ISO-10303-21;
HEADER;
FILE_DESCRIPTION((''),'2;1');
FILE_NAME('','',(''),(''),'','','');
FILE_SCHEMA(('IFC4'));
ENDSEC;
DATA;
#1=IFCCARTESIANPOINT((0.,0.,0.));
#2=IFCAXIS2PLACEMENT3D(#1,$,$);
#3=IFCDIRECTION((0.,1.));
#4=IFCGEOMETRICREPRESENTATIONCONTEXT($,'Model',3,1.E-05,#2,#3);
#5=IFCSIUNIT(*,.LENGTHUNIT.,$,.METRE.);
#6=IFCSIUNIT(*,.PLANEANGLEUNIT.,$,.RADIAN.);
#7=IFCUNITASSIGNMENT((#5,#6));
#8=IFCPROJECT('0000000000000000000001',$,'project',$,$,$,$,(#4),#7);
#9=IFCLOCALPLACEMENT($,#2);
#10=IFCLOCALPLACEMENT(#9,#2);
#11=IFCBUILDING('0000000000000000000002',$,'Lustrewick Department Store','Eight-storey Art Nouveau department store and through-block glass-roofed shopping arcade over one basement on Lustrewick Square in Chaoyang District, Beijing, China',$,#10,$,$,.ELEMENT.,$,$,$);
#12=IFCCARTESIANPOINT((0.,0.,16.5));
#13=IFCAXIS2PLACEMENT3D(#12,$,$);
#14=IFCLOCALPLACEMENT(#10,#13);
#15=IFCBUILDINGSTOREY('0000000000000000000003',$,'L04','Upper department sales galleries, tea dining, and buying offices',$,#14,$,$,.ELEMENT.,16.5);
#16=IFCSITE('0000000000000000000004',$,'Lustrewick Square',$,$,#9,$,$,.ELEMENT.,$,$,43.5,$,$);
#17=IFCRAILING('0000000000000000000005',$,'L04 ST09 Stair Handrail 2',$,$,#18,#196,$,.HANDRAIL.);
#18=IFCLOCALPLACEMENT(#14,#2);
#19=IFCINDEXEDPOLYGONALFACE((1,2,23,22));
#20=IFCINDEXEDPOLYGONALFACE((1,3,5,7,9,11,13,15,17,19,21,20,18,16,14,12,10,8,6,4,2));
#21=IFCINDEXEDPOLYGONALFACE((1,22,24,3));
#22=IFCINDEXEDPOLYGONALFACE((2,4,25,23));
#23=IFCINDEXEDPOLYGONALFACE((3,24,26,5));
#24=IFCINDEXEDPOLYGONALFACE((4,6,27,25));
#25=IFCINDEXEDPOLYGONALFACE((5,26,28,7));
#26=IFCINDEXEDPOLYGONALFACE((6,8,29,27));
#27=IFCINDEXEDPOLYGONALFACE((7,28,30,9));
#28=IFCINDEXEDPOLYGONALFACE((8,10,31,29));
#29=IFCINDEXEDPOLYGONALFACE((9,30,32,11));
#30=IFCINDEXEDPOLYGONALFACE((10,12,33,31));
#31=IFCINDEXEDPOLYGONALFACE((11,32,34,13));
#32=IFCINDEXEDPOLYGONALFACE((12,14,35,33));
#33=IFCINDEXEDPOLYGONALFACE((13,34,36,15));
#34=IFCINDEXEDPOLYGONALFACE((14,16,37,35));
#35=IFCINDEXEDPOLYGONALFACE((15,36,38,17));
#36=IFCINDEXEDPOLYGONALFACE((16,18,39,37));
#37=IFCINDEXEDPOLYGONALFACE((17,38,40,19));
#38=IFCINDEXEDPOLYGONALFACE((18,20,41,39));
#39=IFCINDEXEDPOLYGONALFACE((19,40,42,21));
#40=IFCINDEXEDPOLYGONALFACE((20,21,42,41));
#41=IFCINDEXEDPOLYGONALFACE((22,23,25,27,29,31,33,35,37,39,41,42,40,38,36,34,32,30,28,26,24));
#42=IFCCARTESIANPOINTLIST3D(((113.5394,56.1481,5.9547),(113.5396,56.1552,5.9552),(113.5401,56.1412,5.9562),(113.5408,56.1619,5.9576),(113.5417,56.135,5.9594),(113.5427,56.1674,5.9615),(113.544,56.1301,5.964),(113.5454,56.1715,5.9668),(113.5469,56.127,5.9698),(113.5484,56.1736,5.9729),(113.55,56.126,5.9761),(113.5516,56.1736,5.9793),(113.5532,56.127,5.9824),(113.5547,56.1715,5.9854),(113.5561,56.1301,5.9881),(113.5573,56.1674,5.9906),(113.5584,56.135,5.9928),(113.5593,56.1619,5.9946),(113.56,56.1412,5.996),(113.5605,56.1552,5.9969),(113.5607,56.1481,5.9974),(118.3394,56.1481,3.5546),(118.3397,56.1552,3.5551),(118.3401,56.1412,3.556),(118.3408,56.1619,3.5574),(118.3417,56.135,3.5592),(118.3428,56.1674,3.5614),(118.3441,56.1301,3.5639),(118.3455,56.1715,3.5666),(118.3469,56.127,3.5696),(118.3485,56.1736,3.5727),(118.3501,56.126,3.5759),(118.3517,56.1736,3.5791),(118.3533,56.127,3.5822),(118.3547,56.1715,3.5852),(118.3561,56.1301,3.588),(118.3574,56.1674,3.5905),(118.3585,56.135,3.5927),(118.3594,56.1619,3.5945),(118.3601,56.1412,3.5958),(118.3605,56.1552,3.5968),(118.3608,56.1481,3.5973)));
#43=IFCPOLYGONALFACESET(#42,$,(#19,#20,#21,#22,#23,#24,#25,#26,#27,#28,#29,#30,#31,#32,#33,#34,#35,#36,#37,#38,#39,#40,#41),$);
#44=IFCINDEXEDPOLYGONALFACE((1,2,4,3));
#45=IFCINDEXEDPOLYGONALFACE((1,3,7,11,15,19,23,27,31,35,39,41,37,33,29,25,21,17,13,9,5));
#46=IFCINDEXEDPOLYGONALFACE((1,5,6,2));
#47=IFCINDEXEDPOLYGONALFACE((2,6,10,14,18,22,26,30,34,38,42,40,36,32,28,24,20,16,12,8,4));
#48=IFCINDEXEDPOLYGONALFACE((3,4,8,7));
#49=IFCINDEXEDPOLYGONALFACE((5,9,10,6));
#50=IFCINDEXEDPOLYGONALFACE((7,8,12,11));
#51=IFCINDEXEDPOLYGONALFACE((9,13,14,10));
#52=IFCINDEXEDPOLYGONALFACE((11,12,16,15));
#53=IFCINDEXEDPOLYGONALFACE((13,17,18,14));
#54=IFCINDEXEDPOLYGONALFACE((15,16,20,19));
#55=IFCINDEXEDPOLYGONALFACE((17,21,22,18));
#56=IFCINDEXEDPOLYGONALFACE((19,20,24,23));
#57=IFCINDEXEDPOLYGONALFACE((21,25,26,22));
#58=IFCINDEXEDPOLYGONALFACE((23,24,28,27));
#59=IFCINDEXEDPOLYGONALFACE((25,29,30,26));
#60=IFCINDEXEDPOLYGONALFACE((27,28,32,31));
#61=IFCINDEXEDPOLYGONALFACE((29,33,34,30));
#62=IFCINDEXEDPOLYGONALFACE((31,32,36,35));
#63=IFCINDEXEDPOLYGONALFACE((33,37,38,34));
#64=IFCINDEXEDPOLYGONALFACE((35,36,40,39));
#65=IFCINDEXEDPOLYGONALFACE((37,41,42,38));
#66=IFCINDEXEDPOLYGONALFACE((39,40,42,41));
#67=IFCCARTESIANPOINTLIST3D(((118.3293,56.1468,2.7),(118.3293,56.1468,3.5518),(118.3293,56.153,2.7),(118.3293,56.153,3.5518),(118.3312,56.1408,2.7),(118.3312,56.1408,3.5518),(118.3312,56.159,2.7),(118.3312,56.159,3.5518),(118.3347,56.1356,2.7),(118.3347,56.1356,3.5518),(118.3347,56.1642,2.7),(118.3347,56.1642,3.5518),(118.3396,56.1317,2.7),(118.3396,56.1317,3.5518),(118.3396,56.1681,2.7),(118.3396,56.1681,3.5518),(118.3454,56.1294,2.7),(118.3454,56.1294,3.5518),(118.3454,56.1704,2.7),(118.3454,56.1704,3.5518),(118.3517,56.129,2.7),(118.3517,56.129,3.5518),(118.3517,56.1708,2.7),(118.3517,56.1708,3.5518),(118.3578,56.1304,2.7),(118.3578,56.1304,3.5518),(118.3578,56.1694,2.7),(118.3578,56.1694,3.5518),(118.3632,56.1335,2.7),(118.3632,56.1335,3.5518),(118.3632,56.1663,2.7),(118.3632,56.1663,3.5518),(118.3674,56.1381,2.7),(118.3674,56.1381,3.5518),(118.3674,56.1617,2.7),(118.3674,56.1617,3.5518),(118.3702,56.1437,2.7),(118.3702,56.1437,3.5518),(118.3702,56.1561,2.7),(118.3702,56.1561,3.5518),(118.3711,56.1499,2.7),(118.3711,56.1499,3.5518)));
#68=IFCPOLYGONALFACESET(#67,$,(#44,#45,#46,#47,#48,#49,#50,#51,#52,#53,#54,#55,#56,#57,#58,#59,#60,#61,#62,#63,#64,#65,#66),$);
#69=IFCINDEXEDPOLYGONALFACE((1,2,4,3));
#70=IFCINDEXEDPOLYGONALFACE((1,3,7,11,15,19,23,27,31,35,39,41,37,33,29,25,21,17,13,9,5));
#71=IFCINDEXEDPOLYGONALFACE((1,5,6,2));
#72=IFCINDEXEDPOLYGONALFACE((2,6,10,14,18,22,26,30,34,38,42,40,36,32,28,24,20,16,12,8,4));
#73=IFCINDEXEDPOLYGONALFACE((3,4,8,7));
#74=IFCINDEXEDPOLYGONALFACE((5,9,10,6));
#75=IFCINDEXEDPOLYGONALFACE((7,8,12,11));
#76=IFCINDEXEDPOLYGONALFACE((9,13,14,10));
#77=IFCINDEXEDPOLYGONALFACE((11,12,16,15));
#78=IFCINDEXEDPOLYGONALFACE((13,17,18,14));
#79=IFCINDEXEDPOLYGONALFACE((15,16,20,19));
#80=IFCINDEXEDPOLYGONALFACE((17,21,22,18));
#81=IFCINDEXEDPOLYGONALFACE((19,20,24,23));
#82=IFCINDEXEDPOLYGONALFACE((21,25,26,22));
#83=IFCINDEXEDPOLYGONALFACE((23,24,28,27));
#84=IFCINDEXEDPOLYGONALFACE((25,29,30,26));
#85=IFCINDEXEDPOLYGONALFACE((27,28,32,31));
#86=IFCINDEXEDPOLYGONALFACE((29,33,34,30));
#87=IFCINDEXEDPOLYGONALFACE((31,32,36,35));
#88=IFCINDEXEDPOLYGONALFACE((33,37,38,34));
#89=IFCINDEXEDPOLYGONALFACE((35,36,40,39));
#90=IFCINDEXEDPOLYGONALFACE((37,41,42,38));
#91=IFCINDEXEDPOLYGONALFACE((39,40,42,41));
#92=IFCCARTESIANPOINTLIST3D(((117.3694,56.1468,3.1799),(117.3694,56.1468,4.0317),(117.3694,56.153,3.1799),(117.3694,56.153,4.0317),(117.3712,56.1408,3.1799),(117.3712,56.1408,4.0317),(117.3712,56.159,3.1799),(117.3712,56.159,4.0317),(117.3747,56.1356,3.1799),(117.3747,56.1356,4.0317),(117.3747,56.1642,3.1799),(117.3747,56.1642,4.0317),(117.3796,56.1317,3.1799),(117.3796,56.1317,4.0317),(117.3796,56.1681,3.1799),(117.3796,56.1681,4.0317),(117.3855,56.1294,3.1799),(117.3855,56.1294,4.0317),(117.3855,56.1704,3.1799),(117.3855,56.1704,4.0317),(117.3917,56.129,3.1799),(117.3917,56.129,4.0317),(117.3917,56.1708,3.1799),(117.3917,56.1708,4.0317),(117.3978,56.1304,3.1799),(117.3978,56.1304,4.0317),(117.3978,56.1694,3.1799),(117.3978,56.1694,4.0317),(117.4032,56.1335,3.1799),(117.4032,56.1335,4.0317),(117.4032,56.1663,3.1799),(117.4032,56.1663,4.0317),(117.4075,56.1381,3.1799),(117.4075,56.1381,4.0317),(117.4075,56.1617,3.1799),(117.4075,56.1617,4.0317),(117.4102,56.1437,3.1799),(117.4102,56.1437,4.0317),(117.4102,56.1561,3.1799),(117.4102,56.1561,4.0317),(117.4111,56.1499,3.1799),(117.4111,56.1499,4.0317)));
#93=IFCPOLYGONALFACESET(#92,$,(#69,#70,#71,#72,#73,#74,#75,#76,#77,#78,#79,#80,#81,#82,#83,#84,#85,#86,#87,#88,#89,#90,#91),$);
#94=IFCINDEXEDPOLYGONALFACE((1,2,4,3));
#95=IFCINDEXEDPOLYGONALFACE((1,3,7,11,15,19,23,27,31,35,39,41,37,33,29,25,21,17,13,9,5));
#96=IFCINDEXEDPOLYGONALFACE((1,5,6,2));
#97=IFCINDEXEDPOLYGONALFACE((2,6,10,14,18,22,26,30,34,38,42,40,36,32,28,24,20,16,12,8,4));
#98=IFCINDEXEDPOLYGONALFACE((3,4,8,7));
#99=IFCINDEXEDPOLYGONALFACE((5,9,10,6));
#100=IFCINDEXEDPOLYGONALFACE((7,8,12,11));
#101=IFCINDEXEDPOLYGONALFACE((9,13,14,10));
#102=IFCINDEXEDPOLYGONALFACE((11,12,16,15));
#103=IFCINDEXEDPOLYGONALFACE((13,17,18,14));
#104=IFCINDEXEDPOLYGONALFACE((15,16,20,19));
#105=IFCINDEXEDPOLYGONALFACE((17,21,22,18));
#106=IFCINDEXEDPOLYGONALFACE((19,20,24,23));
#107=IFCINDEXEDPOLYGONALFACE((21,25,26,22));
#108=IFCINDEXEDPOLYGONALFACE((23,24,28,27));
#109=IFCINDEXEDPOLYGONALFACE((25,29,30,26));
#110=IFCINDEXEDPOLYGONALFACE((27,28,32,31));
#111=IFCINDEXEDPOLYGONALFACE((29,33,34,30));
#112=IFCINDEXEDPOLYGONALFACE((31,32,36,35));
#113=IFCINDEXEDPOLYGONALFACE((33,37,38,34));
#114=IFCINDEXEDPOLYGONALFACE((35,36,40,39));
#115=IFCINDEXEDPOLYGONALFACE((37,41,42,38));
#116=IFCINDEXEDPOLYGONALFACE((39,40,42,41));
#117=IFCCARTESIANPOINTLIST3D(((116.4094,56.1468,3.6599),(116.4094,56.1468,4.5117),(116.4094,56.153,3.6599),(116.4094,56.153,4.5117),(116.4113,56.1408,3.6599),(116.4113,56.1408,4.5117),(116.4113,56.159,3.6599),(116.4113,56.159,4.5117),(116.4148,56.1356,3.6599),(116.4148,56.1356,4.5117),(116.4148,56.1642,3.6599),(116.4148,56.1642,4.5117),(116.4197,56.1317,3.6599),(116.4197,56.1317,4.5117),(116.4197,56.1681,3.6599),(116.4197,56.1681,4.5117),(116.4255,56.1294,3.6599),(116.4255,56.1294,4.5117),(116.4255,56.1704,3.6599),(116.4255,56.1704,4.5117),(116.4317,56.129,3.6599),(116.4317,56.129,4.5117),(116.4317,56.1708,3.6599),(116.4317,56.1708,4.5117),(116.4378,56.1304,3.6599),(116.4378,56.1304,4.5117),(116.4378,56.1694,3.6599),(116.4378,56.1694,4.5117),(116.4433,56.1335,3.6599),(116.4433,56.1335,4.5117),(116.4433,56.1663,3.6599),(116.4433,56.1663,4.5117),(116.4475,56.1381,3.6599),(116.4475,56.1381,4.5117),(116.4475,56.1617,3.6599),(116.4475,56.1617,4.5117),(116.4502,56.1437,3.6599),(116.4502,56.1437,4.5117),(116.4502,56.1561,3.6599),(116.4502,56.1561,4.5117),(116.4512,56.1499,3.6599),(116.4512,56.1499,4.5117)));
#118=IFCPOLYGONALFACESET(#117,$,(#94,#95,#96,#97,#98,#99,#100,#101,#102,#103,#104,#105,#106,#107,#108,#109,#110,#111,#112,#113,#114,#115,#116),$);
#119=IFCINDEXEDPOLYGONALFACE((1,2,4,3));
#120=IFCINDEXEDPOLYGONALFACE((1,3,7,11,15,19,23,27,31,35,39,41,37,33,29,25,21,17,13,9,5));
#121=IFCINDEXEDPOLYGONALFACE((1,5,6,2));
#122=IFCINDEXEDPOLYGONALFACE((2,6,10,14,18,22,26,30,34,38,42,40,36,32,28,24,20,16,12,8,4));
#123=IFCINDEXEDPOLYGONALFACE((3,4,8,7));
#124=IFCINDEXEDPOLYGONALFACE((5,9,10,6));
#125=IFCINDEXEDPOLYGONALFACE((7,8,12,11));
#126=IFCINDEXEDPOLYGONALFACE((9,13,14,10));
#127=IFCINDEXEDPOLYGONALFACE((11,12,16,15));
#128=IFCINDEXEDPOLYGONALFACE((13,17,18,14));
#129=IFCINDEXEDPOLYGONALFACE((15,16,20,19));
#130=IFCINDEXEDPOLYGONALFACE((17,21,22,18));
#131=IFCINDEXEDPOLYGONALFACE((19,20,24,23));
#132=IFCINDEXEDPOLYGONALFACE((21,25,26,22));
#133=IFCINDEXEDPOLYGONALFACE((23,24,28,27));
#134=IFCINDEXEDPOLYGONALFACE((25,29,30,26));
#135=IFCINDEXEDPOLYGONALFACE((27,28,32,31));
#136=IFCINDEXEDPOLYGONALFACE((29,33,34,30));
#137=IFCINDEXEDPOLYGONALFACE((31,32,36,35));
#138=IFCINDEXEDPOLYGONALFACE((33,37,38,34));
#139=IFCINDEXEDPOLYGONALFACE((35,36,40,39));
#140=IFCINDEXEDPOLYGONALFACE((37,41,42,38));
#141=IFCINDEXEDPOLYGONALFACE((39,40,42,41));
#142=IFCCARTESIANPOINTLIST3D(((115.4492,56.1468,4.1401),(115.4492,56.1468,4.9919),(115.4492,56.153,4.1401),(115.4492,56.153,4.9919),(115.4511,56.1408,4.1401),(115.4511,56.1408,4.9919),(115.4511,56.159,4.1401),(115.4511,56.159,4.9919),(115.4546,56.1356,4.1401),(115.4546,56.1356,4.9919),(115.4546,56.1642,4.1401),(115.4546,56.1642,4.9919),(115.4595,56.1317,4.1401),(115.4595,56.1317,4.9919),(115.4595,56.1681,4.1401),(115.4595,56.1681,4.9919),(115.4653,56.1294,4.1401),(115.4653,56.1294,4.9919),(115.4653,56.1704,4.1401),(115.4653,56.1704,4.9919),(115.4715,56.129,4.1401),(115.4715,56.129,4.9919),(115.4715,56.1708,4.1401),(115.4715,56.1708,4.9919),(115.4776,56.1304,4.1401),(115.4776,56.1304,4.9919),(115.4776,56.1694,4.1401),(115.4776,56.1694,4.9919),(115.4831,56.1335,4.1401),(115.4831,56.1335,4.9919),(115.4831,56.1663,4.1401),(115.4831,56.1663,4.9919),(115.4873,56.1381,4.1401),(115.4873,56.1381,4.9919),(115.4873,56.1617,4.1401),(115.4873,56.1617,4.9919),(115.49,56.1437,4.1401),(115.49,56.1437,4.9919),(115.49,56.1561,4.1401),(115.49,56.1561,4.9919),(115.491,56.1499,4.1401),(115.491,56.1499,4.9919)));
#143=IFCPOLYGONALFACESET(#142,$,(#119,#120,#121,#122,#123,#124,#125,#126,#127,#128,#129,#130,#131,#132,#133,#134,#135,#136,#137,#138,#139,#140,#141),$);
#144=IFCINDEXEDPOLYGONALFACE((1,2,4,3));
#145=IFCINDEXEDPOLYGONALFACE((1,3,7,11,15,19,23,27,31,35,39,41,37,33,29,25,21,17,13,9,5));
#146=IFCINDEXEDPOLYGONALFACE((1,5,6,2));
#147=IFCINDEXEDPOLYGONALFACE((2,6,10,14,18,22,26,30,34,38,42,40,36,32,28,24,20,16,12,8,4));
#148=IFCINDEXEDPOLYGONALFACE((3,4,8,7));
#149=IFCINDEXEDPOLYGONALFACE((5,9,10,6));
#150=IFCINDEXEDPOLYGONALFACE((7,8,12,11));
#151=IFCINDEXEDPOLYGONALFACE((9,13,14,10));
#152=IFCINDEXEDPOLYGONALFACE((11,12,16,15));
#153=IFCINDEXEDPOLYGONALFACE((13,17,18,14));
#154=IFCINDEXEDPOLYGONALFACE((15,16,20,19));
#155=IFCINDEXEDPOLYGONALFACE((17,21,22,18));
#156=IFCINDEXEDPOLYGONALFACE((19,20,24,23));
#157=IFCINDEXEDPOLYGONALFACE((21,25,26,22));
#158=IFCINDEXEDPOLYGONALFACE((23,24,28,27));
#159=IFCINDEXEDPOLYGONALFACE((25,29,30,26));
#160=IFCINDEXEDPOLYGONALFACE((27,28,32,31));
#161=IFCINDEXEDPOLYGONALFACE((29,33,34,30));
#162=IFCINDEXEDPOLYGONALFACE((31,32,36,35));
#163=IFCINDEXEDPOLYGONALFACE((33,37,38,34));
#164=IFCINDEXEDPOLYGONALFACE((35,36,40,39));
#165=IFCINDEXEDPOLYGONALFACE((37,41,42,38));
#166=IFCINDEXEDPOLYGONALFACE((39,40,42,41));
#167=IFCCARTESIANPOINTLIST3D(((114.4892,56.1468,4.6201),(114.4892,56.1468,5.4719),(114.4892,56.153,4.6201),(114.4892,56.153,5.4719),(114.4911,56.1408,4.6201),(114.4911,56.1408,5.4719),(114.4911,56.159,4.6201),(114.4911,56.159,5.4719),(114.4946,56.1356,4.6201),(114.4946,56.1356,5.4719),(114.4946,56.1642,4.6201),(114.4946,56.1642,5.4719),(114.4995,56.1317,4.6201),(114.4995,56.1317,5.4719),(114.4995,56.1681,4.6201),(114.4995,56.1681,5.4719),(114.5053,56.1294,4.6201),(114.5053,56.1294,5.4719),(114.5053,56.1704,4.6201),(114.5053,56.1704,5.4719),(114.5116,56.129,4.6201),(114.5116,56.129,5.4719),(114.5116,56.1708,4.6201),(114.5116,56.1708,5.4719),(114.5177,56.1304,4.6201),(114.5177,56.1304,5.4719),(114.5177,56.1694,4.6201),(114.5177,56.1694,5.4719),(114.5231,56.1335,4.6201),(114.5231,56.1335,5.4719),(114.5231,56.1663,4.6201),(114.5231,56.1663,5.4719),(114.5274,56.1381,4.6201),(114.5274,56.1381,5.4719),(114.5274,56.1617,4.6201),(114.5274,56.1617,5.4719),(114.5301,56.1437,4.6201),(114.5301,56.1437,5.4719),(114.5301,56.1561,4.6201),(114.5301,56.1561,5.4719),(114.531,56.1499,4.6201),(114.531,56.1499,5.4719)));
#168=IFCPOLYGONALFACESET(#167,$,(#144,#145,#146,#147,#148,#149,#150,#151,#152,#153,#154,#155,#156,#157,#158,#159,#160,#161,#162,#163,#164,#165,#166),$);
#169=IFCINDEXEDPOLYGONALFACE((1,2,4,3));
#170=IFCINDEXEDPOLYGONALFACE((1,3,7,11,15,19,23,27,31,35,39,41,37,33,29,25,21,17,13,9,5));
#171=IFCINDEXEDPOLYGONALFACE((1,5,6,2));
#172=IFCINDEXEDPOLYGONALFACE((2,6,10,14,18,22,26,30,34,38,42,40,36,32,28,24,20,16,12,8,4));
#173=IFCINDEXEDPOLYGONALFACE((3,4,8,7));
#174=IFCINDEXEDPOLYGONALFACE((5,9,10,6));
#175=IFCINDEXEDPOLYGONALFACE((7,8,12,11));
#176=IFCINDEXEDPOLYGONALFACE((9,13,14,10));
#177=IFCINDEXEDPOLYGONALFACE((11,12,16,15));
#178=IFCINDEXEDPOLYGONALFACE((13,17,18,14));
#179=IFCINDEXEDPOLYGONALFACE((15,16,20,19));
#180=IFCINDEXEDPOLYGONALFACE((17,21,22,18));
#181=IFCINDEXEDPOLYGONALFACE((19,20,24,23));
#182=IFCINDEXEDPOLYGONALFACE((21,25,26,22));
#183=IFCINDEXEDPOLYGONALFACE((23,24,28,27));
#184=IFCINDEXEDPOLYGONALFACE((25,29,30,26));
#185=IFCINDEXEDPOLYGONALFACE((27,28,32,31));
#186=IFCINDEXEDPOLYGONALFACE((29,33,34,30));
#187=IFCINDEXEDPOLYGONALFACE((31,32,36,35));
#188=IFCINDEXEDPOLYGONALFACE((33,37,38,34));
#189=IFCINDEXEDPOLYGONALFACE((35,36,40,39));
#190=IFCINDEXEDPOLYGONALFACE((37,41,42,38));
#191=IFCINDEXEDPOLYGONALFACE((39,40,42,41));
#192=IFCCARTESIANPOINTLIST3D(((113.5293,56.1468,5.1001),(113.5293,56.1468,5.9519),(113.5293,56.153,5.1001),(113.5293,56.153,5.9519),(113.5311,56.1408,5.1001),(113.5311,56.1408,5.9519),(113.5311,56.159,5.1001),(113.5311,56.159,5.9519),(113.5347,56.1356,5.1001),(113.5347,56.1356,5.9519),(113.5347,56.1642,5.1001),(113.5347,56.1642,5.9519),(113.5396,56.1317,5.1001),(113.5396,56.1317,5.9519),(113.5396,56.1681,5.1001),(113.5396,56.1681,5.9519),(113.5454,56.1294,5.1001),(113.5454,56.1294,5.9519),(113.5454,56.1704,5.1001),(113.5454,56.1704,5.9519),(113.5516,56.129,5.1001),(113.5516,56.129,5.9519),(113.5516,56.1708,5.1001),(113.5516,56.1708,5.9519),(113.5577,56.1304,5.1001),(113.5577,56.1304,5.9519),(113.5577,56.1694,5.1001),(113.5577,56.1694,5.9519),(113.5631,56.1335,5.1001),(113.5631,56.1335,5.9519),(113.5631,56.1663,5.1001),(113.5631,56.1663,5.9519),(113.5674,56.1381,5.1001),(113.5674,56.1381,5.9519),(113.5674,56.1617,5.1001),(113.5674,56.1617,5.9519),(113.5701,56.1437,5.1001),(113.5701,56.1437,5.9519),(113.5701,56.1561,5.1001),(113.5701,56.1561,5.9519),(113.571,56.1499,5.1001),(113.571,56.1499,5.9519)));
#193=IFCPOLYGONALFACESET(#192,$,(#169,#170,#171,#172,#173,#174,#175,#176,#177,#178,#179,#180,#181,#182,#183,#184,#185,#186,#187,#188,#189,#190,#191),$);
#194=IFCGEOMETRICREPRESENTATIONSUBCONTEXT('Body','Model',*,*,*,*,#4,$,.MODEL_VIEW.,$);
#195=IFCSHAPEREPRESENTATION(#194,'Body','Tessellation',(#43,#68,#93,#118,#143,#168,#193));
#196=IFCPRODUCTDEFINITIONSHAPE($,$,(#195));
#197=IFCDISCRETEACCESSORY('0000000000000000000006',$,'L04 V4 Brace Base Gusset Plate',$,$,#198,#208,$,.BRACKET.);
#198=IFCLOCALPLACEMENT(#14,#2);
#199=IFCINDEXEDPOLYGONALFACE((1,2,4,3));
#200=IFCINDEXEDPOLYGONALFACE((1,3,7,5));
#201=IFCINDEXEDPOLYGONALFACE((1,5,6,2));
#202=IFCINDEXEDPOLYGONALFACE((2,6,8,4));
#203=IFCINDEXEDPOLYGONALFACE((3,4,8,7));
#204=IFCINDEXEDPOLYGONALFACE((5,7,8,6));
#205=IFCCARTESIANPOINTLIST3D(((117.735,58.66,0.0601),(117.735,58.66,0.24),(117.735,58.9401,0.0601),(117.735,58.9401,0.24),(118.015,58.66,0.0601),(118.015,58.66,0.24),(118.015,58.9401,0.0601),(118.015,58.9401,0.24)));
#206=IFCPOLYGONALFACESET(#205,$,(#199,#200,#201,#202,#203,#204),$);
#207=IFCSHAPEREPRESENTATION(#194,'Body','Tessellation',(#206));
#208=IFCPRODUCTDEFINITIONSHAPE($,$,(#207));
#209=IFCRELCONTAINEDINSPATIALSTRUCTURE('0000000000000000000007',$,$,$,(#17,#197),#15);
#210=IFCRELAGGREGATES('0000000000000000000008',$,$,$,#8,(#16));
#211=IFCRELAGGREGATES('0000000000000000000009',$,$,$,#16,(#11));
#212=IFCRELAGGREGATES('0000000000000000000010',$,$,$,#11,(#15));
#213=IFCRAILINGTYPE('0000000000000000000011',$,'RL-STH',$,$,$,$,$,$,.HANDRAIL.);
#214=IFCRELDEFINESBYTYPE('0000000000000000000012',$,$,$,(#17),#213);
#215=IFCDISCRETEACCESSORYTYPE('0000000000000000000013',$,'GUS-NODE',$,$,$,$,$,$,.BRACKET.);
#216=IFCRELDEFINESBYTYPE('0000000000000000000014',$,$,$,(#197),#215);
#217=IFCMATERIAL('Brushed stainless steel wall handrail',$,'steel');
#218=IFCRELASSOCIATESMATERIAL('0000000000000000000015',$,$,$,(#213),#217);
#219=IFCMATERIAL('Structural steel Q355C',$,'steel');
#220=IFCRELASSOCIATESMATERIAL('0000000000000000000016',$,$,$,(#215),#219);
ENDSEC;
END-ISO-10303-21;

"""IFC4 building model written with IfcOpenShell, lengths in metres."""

from ifc_helpers import new_model, si_unit, direction, frame, origin, origin_2d, place, context, subcontext, project, spatial, rectangle, circle, extrude, material, type_object, element, save


model = new_model("IFC4")

# Units and contexts
model_context = context("Model", 3, precision=1e-05, world=origin(), true_north=direction((0.0, 1.0)))
body_context = subcontext(model_context, "Body", "Model", "MODEL_VIEW")
ifc_project = project(units=[si_unit("LENGTHUNIT", "METRE"), si_unit("PLANEANGLEUNIT", "RADIAN")], contexts=[model_context])

# Site, building, storey
site_placement = place(None, origin())
site = spatial("IfcSite", under=ifc_project, at=site_placement, Name="Lustrewick Square", CompositionType="ELEMENT", RefElevation=43.5)
building_placement = place(site_placement, origin())
building = spatial("IfcBuilding", under=site, at=building_placement, Name="Lustrewick Department Store", Description="Eight-storey Art Nouveau department store and through-block glass-roofed shopping arcade over one basement on Lustrewick Square in Chaoyang District, Beijing, China", CompositionType="ELEMENT")
storey_placement = place(building_placement, frame((0.0, 0.0, 16.5)))
storey = spatial("IfcBuildingStorey", under=building, at=storey_placement, Name="L04", Description="Upper department sales galleries, tea dining, and buying offices", CompositionType="ELEMENT", Elevation=16.5)

# Shared definitions
ifc_material_1 = material(Name="Structural steel Q355C", Category="steel")

# Railing
ifc_material_2 = material(Name="Brushed stainless steel wall handrail", Category="steel")
railing_type_1 = type_object("IfcRailingType", Name="RL-STH", PredefinedType="HANDRAIL", material=ifc_material_2)
railing_1_placement = place(storey_placement, frame((118.3501, 56.1499, 2.7)))
element("IfcRailing", 1, at=railing_1_placement, inside=storey, type_object=railing_type_1, Name="L04 ST09 Stair Handrail 2", PredefinedType="HANDRAIL", context=body_context, shape_type="SweptSolid", body=[
    extrude(circle(Radius=0.0239, at=origin_2d()), frame((0.0, 0.0, 0.876), z_axis=(-0.894418, 0.0, 0.447232), x_axis=(0.0, -1.0, 0.0)), (0.0, 0.0, 1.0), 5.3667),
    extrude(circle(Radius=0.021, at=origin_2d()), origin(), (0.0, 0.0, 1.0), 0.8518),
    extrude(circle(Radius=0.021, at=origin_2d()), frame((-0.96, 0.0, 0.48)), (0.0, 0.0, 1.0), 0.8518),
    extrude(circle(Radius=0.021, at=origin_2d()), frame((-1.9199, 0.0, 0.96)), (0.0, 0.0, 1.0), 0.8518),
    extrude(circle(Radius=0.021, at=origin_2d()), frame((-2.8801, 0.0, 1.4402)), (0.0, 0.0, 1.0), 0.8518),
    extrude(circle(Radius=0.021, at=origin_2d()), frame((-3.8401, 0.0, 1.9202)), (0.0, 0.0, 1.0), 0.8518),
    extrude(circle(Radius=0.021, at=origin_2d()), frame((-4.8, 0.0, 2.4001)), (0.0, 0.0, 1.0), 0.8518),
])

# Discrete accessory
discrete_accessory_type_1 = type_object("IfcDiscreteAccessoryType", Name="GUS-NODE", PredefinedType="BRACKET", material=ifc_material_1)
for number, where, z_axis, x_axis, name in (
    (2, (117.875, 58.8, 0.0601), (0.0, 0.0, 1.0), (1.0, 0.0, 0.0), "L04 V4 Brace Base Gusset Plate"),
):
    element("IfcDiscreteAccessory", number, at=place(storey_placement, frame(where, z_axis=z_axis, x_axis=x_axis)), inside=storey, type_object=discrete_accessory_type_1, Name=name, PredefinedType="BRACKET", context=body_context, shape_type="SweptSolid", body=[
        extrude(rectangle(XDim=0.28, YDim=0.28, at=origin_2d()), origin(), (0.0, 0.0, 1.0), 0.1799),
    ])

save(model, "model.ifc")
